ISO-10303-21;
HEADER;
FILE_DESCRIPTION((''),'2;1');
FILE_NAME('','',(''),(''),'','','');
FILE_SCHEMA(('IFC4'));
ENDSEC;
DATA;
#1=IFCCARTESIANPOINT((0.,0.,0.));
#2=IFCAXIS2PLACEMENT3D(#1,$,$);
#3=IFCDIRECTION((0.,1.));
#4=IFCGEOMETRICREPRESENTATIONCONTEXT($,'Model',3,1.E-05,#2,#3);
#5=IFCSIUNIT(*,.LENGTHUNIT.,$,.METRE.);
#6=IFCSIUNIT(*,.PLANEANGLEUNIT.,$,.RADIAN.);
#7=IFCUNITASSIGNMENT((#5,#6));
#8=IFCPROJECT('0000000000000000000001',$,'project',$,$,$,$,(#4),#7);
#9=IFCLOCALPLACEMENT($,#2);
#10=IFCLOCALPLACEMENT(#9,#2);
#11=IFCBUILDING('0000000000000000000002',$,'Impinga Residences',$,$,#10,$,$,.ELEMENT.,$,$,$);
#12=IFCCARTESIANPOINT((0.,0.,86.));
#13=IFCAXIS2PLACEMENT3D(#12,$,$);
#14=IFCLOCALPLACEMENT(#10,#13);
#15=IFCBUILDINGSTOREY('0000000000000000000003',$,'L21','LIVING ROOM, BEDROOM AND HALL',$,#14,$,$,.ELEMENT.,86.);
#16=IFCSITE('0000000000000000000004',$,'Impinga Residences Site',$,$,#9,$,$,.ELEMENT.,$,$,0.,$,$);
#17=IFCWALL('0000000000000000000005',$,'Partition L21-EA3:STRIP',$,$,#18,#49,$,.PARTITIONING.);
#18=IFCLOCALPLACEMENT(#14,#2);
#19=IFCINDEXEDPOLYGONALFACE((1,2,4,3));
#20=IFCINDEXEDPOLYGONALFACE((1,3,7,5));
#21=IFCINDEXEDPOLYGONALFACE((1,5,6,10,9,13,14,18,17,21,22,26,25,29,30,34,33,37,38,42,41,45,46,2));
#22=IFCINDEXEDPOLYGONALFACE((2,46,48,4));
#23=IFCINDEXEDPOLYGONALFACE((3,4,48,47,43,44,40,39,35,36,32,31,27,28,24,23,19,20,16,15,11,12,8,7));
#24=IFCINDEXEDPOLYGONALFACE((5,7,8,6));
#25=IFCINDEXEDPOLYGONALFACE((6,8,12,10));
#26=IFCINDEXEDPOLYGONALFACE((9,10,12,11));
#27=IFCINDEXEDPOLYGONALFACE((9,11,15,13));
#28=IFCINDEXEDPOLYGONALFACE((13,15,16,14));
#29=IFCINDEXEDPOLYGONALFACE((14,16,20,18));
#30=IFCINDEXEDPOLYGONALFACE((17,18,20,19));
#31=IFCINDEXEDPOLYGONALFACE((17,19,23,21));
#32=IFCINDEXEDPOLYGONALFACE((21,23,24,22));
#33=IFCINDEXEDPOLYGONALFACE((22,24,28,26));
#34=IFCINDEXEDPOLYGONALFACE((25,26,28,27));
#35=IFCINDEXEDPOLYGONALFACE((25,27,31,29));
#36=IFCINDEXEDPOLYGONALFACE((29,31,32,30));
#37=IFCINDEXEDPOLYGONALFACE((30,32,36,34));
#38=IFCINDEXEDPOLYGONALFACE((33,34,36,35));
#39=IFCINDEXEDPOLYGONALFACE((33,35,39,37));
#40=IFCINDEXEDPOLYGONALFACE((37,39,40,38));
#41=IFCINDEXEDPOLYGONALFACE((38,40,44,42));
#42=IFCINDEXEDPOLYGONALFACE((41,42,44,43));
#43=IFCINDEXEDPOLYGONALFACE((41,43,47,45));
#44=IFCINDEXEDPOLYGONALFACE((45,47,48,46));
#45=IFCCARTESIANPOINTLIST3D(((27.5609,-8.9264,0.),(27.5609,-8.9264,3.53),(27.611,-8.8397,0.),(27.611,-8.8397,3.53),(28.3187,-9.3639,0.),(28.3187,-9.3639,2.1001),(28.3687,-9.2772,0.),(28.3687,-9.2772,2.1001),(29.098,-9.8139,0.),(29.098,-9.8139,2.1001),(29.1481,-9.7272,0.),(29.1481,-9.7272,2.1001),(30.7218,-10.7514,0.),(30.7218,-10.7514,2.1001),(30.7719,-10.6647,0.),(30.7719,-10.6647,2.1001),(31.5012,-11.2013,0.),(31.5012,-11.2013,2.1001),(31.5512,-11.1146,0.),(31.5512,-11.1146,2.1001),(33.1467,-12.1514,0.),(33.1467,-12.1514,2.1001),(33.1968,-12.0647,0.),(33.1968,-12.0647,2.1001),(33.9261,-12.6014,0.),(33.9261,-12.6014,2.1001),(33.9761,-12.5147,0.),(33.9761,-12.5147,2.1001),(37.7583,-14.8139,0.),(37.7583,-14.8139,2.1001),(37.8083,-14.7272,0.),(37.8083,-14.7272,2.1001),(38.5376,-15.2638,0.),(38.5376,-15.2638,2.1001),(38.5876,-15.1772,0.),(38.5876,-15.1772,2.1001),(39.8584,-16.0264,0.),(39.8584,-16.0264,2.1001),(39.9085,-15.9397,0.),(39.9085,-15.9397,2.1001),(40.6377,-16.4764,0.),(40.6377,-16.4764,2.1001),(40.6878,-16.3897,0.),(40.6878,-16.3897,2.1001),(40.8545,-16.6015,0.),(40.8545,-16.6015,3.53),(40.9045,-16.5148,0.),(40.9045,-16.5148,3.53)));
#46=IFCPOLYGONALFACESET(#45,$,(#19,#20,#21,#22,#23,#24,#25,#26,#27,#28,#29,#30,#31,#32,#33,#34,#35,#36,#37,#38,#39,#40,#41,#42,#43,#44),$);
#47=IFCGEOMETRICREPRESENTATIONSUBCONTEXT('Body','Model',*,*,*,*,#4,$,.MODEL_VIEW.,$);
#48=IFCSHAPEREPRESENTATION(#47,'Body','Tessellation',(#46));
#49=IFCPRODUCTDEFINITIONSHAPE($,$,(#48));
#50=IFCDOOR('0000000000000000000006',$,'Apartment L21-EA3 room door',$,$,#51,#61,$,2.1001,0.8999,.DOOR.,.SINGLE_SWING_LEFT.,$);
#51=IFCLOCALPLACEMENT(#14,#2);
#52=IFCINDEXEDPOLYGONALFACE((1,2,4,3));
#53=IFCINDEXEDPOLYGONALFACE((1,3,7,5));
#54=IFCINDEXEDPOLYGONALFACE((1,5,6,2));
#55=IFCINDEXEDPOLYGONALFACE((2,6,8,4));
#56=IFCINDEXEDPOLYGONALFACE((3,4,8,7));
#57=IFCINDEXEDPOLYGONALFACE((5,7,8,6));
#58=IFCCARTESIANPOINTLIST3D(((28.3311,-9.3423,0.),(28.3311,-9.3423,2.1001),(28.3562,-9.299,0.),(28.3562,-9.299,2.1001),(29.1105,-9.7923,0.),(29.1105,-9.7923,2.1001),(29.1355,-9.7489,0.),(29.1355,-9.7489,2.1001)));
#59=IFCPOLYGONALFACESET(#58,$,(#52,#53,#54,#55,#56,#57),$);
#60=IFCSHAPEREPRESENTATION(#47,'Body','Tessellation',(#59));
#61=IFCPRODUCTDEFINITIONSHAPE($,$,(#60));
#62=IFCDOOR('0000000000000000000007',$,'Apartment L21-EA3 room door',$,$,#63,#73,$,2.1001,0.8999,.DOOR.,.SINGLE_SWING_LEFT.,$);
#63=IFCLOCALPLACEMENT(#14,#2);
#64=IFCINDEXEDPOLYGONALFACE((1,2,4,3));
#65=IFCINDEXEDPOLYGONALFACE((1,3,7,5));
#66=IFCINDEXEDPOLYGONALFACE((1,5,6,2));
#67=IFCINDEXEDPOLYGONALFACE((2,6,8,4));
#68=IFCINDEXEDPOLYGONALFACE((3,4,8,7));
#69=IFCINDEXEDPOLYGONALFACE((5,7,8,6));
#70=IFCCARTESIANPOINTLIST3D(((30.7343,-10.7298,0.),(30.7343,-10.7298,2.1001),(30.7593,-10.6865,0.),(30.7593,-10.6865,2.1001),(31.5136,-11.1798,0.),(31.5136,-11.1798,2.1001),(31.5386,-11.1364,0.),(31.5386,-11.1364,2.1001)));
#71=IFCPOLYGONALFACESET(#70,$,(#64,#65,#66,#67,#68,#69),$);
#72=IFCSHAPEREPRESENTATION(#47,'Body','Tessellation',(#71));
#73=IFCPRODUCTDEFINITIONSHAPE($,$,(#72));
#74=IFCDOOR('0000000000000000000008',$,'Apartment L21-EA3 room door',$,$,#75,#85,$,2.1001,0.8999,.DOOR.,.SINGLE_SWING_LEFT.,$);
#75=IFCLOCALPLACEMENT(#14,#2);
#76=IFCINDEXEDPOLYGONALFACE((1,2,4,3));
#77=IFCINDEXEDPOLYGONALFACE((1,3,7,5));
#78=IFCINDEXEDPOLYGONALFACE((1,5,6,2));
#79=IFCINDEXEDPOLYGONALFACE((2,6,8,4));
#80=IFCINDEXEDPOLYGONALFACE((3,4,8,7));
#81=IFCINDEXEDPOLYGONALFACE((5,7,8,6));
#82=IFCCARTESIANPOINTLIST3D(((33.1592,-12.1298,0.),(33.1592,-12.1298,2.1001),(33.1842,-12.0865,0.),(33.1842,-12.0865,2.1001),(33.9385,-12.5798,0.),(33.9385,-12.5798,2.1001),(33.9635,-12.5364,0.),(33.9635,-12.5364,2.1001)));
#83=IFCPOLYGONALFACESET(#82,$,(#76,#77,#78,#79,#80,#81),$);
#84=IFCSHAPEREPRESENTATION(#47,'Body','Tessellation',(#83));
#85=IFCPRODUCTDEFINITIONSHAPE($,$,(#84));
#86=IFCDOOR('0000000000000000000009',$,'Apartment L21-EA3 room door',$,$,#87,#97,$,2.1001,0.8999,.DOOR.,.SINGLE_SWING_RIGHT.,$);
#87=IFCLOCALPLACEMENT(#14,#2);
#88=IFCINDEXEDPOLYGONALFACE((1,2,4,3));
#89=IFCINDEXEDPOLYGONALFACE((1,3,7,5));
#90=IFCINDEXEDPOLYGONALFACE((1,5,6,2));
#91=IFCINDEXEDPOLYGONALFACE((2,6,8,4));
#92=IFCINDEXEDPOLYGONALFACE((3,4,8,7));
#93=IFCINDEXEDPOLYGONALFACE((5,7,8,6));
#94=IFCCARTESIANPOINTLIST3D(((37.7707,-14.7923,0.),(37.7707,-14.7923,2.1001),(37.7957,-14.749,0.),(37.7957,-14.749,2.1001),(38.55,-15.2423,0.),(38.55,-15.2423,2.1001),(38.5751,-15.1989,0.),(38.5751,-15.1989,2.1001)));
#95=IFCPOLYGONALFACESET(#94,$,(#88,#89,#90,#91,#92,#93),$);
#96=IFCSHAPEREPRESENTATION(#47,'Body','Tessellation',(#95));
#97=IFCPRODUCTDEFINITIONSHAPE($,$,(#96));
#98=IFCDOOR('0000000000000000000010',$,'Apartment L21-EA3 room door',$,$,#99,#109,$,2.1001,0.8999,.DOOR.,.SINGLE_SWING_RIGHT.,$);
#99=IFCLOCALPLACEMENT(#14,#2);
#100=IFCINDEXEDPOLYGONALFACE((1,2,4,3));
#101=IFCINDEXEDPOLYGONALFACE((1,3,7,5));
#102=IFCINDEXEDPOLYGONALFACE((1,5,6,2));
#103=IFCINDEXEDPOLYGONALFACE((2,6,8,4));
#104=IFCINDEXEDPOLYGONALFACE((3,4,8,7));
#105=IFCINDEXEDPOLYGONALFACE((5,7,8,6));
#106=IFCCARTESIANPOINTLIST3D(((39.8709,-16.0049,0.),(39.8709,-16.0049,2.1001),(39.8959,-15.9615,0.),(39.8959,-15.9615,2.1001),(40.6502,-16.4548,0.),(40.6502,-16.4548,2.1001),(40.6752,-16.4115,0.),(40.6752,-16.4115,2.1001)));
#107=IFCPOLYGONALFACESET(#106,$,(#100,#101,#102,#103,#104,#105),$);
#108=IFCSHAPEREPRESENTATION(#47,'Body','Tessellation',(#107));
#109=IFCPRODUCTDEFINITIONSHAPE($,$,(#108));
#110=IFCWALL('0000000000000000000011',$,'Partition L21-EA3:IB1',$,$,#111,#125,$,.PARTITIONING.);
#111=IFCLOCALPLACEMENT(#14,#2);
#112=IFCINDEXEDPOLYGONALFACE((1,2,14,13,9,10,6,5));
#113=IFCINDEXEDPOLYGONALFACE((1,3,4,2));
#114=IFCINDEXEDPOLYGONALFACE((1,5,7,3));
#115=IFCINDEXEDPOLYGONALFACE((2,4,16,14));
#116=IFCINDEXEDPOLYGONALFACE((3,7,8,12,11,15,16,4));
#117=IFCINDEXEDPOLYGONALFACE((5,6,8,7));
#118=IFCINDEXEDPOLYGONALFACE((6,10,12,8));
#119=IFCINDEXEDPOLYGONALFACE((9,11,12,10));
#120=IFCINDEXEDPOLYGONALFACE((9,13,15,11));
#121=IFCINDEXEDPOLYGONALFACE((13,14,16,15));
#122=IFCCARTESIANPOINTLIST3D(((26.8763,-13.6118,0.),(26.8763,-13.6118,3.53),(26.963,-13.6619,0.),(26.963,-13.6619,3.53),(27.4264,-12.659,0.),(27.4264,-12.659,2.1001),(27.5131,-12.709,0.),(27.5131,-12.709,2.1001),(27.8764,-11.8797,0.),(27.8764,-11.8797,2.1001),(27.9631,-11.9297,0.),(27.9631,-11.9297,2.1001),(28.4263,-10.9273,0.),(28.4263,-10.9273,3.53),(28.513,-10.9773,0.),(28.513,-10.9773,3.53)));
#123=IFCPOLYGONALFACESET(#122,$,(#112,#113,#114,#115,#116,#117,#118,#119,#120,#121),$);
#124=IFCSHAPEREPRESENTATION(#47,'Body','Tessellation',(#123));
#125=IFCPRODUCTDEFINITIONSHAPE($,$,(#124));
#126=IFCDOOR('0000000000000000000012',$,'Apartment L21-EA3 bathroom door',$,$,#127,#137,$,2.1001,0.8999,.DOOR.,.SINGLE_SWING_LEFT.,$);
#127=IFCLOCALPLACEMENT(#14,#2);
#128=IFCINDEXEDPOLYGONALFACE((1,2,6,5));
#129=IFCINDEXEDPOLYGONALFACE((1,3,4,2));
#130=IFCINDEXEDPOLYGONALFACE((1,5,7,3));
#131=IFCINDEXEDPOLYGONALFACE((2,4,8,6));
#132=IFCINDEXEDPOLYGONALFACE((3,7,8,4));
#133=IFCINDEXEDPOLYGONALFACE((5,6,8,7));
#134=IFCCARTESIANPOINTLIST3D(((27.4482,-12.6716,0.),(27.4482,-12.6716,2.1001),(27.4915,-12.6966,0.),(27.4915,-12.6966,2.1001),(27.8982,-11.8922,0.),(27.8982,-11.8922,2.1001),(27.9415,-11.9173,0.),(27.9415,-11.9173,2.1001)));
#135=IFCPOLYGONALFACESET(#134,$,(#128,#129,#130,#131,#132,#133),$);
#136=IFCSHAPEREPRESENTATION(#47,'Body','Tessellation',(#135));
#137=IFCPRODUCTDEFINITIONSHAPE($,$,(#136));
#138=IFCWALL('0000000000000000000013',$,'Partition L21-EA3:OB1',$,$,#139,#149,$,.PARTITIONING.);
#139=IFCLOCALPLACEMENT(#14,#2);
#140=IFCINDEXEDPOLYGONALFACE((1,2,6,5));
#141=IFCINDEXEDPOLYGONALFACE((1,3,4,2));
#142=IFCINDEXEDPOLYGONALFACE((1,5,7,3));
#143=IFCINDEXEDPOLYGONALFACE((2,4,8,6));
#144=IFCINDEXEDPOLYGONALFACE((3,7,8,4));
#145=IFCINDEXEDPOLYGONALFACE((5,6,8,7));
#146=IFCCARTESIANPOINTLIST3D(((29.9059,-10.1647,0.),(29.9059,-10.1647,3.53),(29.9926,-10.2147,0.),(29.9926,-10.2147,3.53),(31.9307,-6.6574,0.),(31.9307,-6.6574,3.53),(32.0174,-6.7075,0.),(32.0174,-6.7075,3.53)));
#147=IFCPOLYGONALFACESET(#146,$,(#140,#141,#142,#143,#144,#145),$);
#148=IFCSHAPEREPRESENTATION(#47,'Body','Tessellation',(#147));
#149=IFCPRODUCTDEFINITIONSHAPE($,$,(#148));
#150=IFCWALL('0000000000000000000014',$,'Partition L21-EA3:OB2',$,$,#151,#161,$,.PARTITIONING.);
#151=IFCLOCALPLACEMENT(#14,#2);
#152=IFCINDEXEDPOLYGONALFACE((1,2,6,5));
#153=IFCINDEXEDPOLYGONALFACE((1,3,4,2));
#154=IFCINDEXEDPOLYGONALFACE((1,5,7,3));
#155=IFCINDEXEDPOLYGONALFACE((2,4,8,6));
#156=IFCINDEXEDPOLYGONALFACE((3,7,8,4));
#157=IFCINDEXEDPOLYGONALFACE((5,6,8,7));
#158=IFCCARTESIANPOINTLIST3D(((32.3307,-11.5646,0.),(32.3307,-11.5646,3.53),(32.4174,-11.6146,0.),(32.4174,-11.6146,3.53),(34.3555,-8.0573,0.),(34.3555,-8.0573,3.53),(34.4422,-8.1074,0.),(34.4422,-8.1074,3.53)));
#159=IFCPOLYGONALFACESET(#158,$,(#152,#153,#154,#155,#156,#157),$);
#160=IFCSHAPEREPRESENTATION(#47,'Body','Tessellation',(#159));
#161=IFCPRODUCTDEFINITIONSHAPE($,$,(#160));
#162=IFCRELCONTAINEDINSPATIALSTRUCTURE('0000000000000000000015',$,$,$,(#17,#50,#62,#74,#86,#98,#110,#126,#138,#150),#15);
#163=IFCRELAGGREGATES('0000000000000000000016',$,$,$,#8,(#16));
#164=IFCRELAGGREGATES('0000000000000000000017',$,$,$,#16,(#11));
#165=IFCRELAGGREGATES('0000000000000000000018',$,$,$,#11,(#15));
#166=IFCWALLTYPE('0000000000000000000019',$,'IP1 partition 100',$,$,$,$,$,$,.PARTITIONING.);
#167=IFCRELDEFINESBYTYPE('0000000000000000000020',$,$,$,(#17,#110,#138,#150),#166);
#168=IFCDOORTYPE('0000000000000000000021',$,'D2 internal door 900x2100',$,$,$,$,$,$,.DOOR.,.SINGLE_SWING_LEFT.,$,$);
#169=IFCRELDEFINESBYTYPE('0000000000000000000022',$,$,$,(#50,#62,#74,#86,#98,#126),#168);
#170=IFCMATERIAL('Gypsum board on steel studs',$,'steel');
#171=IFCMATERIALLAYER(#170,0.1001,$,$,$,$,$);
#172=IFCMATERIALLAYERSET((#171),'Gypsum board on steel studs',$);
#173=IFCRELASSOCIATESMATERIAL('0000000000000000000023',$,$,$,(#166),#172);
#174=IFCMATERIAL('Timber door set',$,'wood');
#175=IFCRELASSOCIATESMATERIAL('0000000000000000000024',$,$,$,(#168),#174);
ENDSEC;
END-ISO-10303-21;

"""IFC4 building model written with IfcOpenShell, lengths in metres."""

from ifc_helpers import new_model, si_unit, direction, frame, frame_2d, origin, place, context, subcontext, project, spatial, rectangle, extrude, material, layer, layer_set, type_object, element, fill, save


model = new_model("IFC4")

# Units and contexts
model_context = context("Model", 3, precision=1e-05, world=origin(), true_north=direction((0.0, 1.0)))
body_context = subcontext(model_context, "Body", "Model", "MODEL_VIEW")
ifc_project = project(units=[si_unit("LENGTHUNIT", "METRE"), si_unit("PLANEANGLEUNIT", "RADIAN")], contexts=[model_context])

# Site, building, storey
site_placement = place(None, origin())
site = spatial("IfcSite", under=ifc_project, at=site_placement, Name="Impinga Residences Site", CompositionType="ELEMENT", RefElevation=0.0)
building_placement = place(site_placement, origin())
building = spatial("IfcBuilding", under=site, at=building_placement, Name="Impinga Residences", CompositionType="ELEMENT")
storey_placement = place(building_placement, frame((0.0, 0.0, 86.0)))
storey = spatial("IfcBuildingStorey", under=building, at=storey_placement, Name="L21", Description="LIVING ROOM, BEDROOM AND HALL", CompositionType="ELEMENT", Elevation=86.0)

# Shared definitions
ifc_material_1 = material(Name="Gypsum board on steel studs", Category="steel")
ifc_layer_1 = layer(ifc_material_1, 0.1001)
ifc_layer_set_1 = layer_set([ifc_layer_1], Name="Gypsum board on steel studs")
wall_type_1 = type_object("IfcWallType", Name="IP1 partition 100", PredefinedType="PARTITIONING", material=ifc_layer_set_1)

# Wall, openings, doors
wall_1_placement = place(storey_placement, frame((27.5859, -8.8831, 0.0), z_axis=(0.0, 0.0, 1.0), x_axis=(0.866023, -0.500003, 0.0)))
wall_1 = element("IfcWall", 1, at=wall_1_placement, inside=storey, type_object=wall_type_1, Name="Partition L21-EA3:STRIP", PredefinedType="PARTITIONING", context=body_context, shape_type="SweptSolid", body=[
    extrude(rectangle(XDim=15.3501, YDim=0.1001, at=frame_2d((7.675, 0.0))), origin(), (0.0, 0.0, 1.0), 3.53),
])
opening_1_placement = place(wall_1_placement, frame((0.875, 0.0, 0.0)))
opening_1 = element("IfcOpeningElement", 2, at=opening_1_placement, cuts=wall_1, PredefinedType="OPENING", context=body_context, shape_type="SweptSolid", body=[
    extrude(rectangle(XDim=0.8999, YDim=2.1001, at=frame_2d((0.45, 1.05))), frame((0.0, 0.0601, 0.0), z_axis=(0.0, -1.0, 0.0), x_axis=(1.0, 0.0, 0.0)), (0.0, 0.0, 1.0), 0.1201),
])
opening_2_placement = place(wall_1_placement, frame((3.6499, 0.0, 0.0)))
opening_2 = element("IfcOpeningElement", 3, at=opening_2_placement, cuts=wall_1, PredefinedType="OPENING", context=body_context, shape_type="SweptSolid", body=[
    extrude(rectangle(XDim=0.8999, YDim=2.1001, at=frame_2d((0.45, 1.05))), frame((0.0, 0.0601, 0.0), z_axis=(0.0, -1.0, 0.0), x_axis=(1.0, 0.0, 0.0)), (0.0, 0.0, 1.0), 0.1201),
])
opening_3_placement = place(wall_1_placement, frame((6.45, 0.0, 0.0)))
opening_3 = element("IfcOpeningElement", 4, at=opening_3_placement, cuts=wall_1, PredefinedType="OPENING", context=body_context, shape_type="SweptSolid", body=[
    extrude(rectangle(XDim=0.8999, YDim=2.1001, at=frame_2d((0.45, 1.05))), frame((0.0, 0.0601, 0.0), z_axis=(0.0, -1.0, 0.0), x_axis=(1.0, 0.0, 0.0)), (0.0, 0.0, 1.0), 0.1201),
])
opening_4_placement = place(wall_1_placement, frame((11.7749, 0.0, 0.0)))
opening_4 = element("IfcOpeningElement", 5, at=opening_4_placement, cuts=wall_1, PredefinedType="OPENING", context=body_context, shape_type="SweptSolid", body=[
    extrude(rectangle(XDim=0.8999, YDim=2.1001, at=frame_2d((0.45, 1.05))), frame((0.0, 0.0601, 0.0), z_axis=(0.0, -1.0, 0.0), x_axis=(1.0, 0.0, 0.0)), (0.0, 0.0, 1.0), 0.1201),
])
opening_5_placement = place(wall_1_placement, frame((14.2, 0.0, 0.0)))
opening_5 = element("IfcOpeningElement", 6, at=opening_5_placement, cuts=wall_1, PredefinedType="OPENING", context=body_context, shape_type="SweptSolid", body=[
    extrude(rectangle(XDim=0.8999, YDim=2.1001, at=frame_2d((0.45, 1.05))), frame((0.0, 0.0601, 0.0), z_axis=(0.0, -1.0, 0.0), x_axis=(1.0, 0.0, 0.0)), (0.0, 0.0, 1.0), 0.1201),
])
ifc_material_2 = material(Name="Timber door set", Category="wood")
door_type = type_object("IfcDoorType", Name="D2 internal door 900x2100", OperationType="SINGLE_SWING_LEFT", PredefinedType="DOOR", material=ifc_material_2)
door_1_placement = place(opening_1_placement, origin())
door_1 = element("IfcDoor", 7, at=door_1_placement, inside=storey, type_object=door_type, Name="Apartment L21-EA3 room door", OperationType="SINGLE_SWING_LEFT", OverallHeight=2.1001, OverallWidth=0.8999, PredefinedType="DOOR", context=body_context, shape_type="SweptSolid", body=[
    extrude(rectangle(XDim=0.8999, YDim=2.1001, at=frame_2d((0.45, 1.05))), frame((0.0, 0.0249, 0.0), z_axis=(0.0, -1.0, 0.0), x_axis=(1.0, 0.0, 0.0)), (0.0, 0.0, 1.0), 0.05),
])
fill(opening_1, door_1)
door_2_placement = place(opening_2_placement, origin())
door_2 = element("IfcDoor", 8, at=door_2_placement, inside=storey, type_object=door_type, Name="Apartment L21-EA3 room door", OperationType="SINGLE_SWING_LEFT", OverallHeight=2.1001, OverallWidth=0.8999, PredefinedType="DOOR", context=body_context, shape_type="SweptSolid", body=[
    extrude(rectangle(XDim=0.8999, YDim=2.1001, at=frame_2d((0.45, 1.05))), frame((0.0, 0.0249, 0.0), z_axis=(0.0, -1.0, 0.0), x_axis=(1.0, 0.0, 0.0)), (0.0, 0.0, 1.0), 0.05),
])
fill(opening_2, door_2)
door_3_placement = place(opening_3_placement, origin())
door_3 = element("IfcDoor", 9, at=door_3_placement, inside=storey, type_object=door_type, Name="Apartment L21-EA3 room door", OperationType="SINGLE_SWING_LEFT", OverallHeight=2.1001, OverallWidth=0.8999, PredefinedType="DOOR", context=body_context, shape_type="SweptSolid", body=[
    extrude(rectangle(XDim=0.8999, YDim=2.1001, at=frame_2d((0.45, 1.05))), frame((0.0, 0.0249, 0.0), z_axis=(0.0, -1.0, 0.0), x_axis=(1.0, 0.0, 0.0)), (0.0, 0.0, 1.0), 0.05),
])
fill(opening_3, door_3)
door_4_placement = place(opening_4_placement, origin())
door_4 = element("IfcDoor", 10, at=door_4_placement, inside=storey, type_object=door_type, Name="Apartment L21-EA3 room door", OperationType="SINGLE_SWING_RIGHT", OverallHeight=2.1001, OverallWidth=0.8999, PredefinedType="DOOR", context=body_context, shape_type="SweptSolid", body=[
    extrude(rectangle(XDim=0.8999, YDim=2.1001, at=frame_2d((0.45, 1.05))), frame((0.0, 0.0249, 0.0), z_axis=(0.0, -1.0, 0.0), x_axis=(1.0, 0.0, 0.0)), (0.0, 0.0, 1.0), 0.05),
])
fill(opening_4, door_4)
door_5_placement = place(opening_5_placement, origin())
door_5 = element("IfcDoor", 11, at=door_5_placement, inside=storey, type_object=door_type, Name="Apartment L21-EA3 room door", OperationType="SINGLE_SWING_RIGHT", OverallHeight=2.1001, OverallWidth=0.8999, PredefinedType="DOOR", context=body_context, shape_type="SweptSolid", body=[
    extrude(rectangle(XDim=0.8999, YDim=2.1001, at=frame_2d((0.45, 1.05))), frame((0.0, 0.0249, 0.0), z_axis=(0.0, -1.0, 0.0), x_axis=(1.0, 0.0, 0.0)), (0.0, 0.0, 1.0), 0.05),
])
fill(opening_5, door_5)

# Wall, opening, door
wall_2_placement = place(storey_placement, frame((26.9197, -13.6367, 0.0), z_axis=(0.0, 0.0, 1.0), x_axis=(0.500027, 0.86601, 0.0)))
wall_2 = element("IfcWall", 12, at=wall_2_placement, inside=storey, type_object=wall_type_1, Name="Partition L21-EA3:IB1", PredefinedType="PARTITIONING", context=body_context, shape_type="SweptSolid", body=[
    extrude(rectangle(XDim=3.0999, YDim=0.1001, at=frame_2d((1.5498, 0.0))), origin(), (0.0, 0.0, 1.0), 3.53),
])
opening_6_placement = place(wall_2_placement, frame((1.1001, 0.0, 0.0)))
opening_6 = element("IfcOpeningElement", 13, at=opening_6_placement, cuts=wall_2, PredefinedType="OPENING", context=body_context, shape_type="SweptSolid", body=[
    extrude(rectangle(XDim=0.8999, YDim=2.1001, at=frame_2d((0.45, 1.05))), frame((0.0, 0.0601, 0.0), z_axis=(0.0, -1.0, 0.0), x_axis=(1.0, 0.0, 0.0)), (0.0, 0.0, 1.0), 0.1201),
])
door_6_placement = place(opening_6_placement, origin())
door_6 = element("IfcDoor", 14, at=door_6_placement, inside=storey, type_object=door_type, Name="Apartment L21-EA3 bathroom door", OperationType="SINGLE_SWING_LEFT", OverallHeight=2.1001, OverallWidth=0.8999, PredefinedType="DOOR", context=body_context, shape_type="SweptSolid", body=[
    extrude(rectangle(XDim=0.8999, YDim=2.1001, at=frame_2d((0.45, 1.05))), frame((0.0, 0.0249, 0.0), z_axis=(0.0, -1.0, 0.0), x_axis=(1.0, 0.0, 0.0)), (0.0, 0.0, 1.0), 0.05),
])
fill(opening_6, door_6)

# Walls
for number, where, z_axis, x_axis, name in (
    (15, (29.9492, -10.1897, 0.0), (0.0, 0.0, 1.0), (0.49999, 0.866031, 0.0), "Partition L21-EA3:OB1"),
    (16, (32.374, -11.5896, 0.0), (0.0, 0.0, 1.0), (0.49999, 0.866031, 0.0), "Partition L21-EA3:OB2"),
):
    element("IfcWall", number, at=place(storey_placement, frame(where, z_axis=z_axis, x_axis=x_axis)), inside=storey, type_object=wall_type_1, Name=name, PredefinedType="PARTITIONING", context=body_context, shape_type="SweptSolid", body=[
        extrude(rectangle(XDim=4.0498, YDim=0.1001, at=frame_2d((2.0249, 0.0))), origin(), (0.0, 0.0, 1.0), 3.53),
    ])

save(model, "model.ifc")
